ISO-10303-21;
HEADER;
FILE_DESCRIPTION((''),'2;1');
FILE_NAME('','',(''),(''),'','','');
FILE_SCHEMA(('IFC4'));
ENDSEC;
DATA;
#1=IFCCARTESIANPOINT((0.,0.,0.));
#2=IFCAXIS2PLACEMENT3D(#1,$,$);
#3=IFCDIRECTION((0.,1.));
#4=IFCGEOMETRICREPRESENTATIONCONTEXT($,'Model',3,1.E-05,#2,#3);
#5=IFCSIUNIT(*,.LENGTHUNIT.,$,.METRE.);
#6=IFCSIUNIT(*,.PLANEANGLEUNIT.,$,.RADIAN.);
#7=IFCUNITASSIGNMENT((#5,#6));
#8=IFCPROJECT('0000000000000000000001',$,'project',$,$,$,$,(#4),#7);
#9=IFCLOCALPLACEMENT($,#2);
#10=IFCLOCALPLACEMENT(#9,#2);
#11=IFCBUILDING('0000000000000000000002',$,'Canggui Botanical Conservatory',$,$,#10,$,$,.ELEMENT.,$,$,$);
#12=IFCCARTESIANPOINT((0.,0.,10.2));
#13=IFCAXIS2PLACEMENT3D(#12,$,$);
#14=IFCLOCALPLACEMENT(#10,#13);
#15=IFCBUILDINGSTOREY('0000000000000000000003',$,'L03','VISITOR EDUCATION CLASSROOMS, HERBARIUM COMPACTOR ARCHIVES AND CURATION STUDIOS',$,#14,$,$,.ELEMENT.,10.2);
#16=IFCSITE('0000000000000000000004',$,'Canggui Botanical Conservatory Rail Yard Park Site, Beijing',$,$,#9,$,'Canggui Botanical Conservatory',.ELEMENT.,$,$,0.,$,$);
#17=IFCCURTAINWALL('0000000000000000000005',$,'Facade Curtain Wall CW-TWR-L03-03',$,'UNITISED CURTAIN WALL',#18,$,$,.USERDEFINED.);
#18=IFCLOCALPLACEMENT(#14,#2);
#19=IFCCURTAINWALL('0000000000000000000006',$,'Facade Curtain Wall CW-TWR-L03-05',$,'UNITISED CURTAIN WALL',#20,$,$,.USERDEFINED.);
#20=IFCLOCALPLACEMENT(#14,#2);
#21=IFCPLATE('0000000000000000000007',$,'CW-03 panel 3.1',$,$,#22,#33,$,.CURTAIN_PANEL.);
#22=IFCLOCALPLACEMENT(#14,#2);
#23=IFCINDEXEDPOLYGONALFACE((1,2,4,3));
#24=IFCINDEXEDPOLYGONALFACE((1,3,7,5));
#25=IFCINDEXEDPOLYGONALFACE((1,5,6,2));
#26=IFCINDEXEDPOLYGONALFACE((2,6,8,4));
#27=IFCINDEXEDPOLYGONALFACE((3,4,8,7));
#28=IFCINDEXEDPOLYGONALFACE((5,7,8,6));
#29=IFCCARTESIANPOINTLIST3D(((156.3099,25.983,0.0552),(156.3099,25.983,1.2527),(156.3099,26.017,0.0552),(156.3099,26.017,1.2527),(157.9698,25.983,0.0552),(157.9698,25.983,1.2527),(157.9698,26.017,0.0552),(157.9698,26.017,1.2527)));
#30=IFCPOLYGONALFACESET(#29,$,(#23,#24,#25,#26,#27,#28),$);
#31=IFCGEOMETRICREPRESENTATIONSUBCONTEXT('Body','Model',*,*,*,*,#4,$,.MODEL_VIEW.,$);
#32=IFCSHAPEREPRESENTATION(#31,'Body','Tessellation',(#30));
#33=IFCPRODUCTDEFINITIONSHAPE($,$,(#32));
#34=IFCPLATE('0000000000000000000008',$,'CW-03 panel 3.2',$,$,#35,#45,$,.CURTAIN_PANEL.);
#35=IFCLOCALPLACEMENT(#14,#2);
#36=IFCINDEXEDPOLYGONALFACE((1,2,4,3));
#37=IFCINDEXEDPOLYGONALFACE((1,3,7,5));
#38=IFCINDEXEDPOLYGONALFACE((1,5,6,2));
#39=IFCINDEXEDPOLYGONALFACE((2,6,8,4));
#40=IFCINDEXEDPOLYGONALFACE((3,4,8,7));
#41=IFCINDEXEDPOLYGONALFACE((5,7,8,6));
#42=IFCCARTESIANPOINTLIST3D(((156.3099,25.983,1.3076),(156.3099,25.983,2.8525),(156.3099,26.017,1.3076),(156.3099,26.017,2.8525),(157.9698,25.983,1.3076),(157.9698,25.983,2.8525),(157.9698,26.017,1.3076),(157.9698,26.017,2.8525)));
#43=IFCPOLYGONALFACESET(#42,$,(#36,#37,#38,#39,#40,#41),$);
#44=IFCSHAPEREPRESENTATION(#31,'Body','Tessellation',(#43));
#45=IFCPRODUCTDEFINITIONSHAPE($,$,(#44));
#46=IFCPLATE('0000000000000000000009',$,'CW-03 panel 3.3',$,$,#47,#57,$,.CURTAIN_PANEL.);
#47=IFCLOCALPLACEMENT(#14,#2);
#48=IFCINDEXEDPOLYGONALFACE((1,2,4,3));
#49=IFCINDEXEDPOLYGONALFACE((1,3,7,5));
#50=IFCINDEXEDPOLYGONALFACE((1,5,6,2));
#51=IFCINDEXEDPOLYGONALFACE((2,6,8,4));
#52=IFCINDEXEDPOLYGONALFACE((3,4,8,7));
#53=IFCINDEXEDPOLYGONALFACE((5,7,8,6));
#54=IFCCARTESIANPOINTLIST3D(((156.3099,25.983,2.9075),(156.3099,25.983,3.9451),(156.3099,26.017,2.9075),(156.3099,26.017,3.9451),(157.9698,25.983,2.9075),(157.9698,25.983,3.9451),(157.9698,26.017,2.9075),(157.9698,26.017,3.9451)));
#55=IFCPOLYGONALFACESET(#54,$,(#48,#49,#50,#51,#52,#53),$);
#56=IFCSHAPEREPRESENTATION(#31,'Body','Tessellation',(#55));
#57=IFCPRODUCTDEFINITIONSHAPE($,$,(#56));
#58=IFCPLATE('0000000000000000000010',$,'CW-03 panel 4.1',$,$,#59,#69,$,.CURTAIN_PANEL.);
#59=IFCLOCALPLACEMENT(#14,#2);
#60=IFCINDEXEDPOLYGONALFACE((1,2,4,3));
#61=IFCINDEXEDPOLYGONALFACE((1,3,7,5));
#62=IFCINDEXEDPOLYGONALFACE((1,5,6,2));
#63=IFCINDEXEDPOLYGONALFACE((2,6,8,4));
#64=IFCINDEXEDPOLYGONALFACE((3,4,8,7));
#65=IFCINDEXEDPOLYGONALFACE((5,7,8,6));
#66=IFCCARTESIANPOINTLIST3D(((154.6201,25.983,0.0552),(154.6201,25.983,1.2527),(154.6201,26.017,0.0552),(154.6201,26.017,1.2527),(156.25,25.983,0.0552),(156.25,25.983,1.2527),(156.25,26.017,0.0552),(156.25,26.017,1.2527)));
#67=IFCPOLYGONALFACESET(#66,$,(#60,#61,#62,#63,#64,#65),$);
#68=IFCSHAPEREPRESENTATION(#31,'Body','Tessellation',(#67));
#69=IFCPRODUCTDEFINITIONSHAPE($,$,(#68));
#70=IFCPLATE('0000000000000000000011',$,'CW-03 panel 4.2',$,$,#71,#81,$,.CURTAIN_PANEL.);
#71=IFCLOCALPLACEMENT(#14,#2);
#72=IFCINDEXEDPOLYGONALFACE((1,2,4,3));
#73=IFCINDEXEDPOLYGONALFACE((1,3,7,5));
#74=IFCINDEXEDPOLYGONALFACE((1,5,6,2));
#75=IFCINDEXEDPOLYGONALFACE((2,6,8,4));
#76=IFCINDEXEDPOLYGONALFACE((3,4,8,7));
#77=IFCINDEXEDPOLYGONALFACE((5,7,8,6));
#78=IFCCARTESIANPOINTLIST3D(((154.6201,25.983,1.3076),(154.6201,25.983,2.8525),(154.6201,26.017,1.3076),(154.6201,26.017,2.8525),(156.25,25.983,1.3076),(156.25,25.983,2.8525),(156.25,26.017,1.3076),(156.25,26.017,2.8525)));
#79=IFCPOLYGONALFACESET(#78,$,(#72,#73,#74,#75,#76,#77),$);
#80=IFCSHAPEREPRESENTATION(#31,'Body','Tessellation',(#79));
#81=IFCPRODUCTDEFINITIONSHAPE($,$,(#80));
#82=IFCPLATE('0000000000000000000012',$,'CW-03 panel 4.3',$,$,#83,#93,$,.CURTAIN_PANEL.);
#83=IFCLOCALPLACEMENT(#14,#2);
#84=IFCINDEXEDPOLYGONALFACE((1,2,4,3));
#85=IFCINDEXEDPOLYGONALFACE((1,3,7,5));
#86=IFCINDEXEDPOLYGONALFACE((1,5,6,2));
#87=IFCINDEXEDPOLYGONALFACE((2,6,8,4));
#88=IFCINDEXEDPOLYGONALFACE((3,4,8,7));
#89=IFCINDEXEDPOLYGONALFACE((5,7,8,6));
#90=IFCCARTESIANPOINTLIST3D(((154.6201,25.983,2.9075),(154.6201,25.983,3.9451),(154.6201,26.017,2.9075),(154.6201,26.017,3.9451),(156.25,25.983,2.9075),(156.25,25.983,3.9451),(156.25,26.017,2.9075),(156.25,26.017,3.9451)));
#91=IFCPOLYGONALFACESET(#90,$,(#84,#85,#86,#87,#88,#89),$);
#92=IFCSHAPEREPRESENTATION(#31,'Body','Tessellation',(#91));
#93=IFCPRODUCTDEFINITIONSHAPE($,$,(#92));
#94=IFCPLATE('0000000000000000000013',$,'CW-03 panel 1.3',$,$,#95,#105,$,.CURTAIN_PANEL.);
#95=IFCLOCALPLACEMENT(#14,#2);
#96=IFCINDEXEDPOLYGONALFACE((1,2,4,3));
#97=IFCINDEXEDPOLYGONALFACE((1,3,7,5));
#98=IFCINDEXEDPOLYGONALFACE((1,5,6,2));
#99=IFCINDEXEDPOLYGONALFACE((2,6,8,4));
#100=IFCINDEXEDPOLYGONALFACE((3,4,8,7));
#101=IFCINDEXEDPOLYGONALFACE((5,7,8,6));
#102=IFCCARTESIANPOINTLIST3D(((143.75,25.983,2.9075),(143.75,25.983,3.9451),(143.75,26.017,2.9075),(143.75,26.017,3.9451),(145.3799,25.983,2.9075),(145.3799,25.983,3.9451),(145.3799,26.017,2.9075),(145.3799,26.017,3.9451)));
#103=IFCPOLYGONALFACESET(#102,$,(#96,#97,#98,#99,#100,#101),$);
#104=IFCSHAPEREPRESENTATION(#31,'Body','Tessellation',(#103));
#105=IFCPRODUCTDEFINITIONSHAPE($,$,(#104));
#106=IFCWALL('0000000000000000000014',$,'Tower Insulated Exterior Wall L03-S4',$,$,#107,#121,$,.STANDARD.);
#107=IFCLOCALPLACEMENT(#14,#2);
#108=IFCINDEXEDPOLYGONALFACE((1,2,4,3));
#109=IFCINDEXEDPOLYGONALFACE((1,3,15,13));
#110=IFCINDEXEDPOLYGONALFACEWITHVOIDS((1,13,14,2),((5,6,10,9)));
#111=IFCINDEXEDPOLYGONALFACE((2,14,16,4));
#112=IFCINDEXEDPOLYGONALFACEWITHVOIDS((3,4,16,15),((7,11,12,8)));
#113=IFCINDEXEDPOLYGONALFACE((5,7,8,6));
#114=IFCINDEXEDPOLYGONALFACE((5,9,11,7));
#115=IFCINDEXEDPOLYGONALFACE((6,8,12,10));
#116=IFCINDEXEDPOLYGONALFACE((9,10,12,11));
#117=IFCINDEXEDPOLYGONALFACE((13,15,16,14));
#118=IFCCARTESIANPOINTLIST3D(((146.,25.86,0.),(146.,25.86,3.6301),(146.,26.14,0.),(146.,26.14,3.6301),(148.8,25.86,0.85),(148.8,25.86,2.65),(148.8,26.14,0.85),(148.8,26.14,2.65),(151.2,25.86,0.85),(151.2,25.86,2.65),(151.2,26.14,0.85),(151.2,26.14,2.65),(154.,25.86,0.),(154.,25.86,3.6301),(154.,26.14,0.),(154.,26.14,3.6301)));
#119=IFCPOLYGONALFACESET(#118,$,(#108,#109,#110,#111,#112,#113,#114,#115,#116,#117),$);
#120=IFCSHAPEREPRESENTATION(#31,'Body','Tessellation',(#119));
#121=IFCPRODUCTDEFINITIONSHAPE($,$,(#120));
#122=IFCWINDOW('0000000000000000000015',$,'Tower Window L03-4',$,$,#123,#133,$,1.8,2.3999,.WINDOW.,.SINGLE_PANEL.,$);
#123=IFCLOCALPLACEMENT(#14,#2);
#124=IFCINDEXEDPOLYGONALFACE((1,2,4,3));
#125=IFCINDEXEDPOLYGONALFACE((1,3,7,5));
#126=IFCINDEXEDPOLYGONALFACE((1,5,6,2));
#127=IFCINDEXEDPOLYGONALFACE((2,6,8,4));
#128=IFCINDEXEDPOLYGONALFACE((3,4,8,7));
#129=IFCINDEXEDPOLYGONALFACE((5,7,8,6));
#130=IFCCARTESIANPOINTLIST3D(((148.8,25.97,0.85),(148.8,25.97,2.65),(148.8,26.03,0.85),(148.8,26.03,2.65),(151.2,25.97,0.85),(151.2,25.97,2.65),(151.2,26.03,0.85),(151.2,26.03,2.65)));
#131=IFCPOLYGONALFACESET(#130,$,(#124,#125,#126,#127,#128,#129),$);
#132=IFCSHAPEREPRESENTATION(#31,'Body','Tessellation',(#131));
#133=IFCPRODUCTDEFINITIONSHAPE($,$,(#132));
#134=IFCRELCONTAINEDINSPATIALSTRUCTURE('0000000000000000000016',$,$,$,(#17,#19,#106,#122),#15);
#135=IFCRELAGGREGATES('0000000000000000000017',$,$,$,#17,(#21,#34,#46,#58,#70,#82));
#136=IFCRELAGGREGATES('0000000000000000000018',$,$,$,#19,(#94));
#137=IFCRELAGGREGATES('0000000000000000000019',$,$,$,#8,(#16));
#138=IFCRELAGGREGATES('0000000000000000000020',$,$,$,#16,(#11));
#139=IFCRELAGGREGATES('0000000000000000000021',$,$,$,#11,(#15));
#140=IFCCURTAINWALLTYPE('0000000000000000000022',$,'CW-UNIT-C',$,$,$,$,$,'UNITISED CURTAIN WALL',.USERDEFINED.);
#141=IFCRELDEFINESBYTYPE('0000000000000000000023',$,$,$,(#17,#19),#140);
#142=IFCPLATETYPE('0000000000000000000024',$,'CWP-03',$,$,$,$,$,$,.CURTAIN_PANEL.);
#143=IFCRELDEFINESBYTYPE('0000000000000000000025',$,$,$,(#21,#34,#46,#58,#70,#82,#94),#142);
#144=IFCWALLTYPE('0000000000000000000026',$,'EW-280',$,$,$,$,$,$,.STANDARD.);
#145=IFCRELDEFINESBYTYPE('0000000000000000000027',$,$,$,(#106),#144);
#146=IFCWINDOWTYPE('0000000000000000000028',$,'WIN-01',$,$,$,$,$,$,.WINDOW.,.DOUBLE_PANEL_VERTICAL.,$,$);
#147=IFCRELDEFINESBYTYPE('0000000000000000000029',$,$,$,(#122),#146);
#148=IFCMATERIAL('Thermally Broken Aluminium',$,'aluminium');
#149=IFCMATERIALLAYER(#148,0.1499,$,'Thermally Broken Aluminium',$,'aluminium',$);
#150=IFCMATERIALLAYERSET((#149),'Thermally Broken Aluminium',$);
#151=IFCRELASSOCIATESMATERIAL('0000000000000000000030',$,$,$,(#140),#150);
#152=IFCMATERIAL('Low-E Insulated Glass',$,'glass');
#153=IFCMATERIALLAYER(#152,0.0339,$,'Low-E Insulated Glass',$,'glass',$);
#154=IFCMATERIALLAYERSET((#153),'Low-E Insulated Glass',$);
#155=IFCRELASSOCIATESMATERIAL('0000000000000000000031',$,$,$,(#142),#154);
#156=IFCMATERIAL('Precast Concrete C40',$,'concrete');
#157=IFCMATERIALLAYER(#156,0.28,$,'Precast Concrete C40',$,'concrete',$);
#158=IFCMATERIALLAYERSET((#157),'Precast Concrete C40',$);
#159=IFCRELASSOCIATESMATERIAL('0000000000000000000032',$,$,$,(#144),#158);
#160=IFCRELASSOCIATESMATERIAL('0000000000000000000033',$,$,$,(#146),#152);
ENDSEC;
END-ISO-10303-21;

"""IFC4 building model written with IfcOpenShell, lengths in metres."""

from ifc_helpers import new_model, si_unit, direction, frame, frame_2d, origin, origin_2d, place, context, subcontext, project, spatial, rectangle, extrude, material, layer, layer_set, type_object, element, fill, aggregate, save


model = new_model("IFC4")

# Units and contexts
model_context = context("Model", 3, precision=1e-05, world=origin(), true_north=direction((0.0, 1.0)))
body_context = subcontext(model_context, "Body", "Model", "MODEL_VIEW")
ifc_project = project(units=[si_unit("LENGTHUNIT", "METRE"), si_unit("PLANEANGLEUNIT", "RADIAN")], contexts=[model_context])

# Site, building, storey
site_placement = place(None, origin())
site = spatial("IfcSite", under=ifc_project, at=site_placement, Name="Canggui Botanical Conservatory Rail Yard Park Site, Beijing", LongName="Canggui Botanical Conservatory", CompositionType="ELEMENT", RefElevation=0.0)
building_placement = place(site_placement, origin())
building = spatial("IfcBuilding", under=site, at=building_placement, Name="Canggui Botanical Conservatory", CompositionType="ELEMENT")
storey_placement = place(building_placement, frame((0.0, 0.0, 10.2)))
storey = spatial("IfcBuildingStorey", under=building, at=storey_placement, Name="L03", Description="VISITOR EDUCATION CLASSROOMS, HERBARIUM COMPACTOR ARCHIVES AND CURATION STUDIOS", CompositionType="ELEMENT", Elevation=10.2)

# Curtain wall
ifc_material_1 = material(Name="Thermally Broken Aluminium", Category="aluminium")
ifc_layer_1 = layer(ifc_material_1, 0.1499, Name="Thermally Broken Aluminium", Category="aluminium")
ifc_layer_set_1 = layer_set([ifc_layer_1], Name="Thermally Broken Aluminium")
curtain_wall_type = type_object("IfcCurtainWallType", Name="CW-UNIT-C", ElementType="UNITISED CURTAIN WALL", PredefinedType="USERDEFINED", material=ifc_layer_set_1)
curtain_wall_1_placement = place(storey_placement, origin())
curtain_wall_1 = element("IfcCurtainWall", 1, at=curtain_wall_1_placement, inside=storey, type_object=curtain_wall_type, Name="Facade Curtain Wall CW-TWR-L03-03", ObjectType="UNITISED CURTAIN WALL", PredefinedType="USERDEFINED")

# Curtain wall
curtain_wall_2_placement = place(storey_placement, origin())
curtain_wall_2 = element("IfcCurtainWall", 2, at=curtain_wall_2_placement, inside=storey, type_object=curtain_wall_type, Name="Facade Curtain Wall CW-TWR-L03-05", ObjectType="UNITISED CURTAIN WALL", PredefinedType="USERDEFINED")

# Plates
ifc_material_2 = material(Name="Low-E Insulated Glass", Category="glass")
ifc_layer_2 = layer(ifc_material_2, 0.0339, Name="Low-E Insulated Glass", Category="glass")
ifc_layer_set_2 = layer_set([ifc_layer_2], Name="Low-E Insulated Glass")
plate_type = type_object("IfcPlateType", Name="CWP-03", PredefinedType="CURTAIN_PANEL", material=ifc_layer_set_2)
plate_1_placement = place(storey_placement, frame((157.1399, 26.0, 0.0552), z_axis=(0.0, 0.0, 1.0), x_axis=(-1.0, 0.0, 0.0)))
plate_1 = element("IfcPlate", 3, at=plate_1_placement, type_object=plate_type, Name="CW-03 panel 3.1", PredefinedType="CURTAIN_PANEL", context=body_context, shape_type="SweptSolid", body=[
    extrude(rectangle(XDim=1.6599, YDim=0.0339, at=origin_2d()), origin(), (0.0, 0.0, 1.0), 1.1975),
])
plate_2_placement = place(storey_placement, frame((157.1399, 26.0, 1.3076), z_axis=(0.0, 0.0, 1.0), x_axis=(-1.0, 0.0, 0.0)))
plate_2 = element("IfcPlate", 4, at=plate_2_placement, type_object=plate_type, Name="CW-03 panel 3.2", PredefinedType="CURTAIN_PANEL", context=body_context, shape_type="SweptSolid", body=[
    extrude(rectangle(XDim=1.6599, YDim=0.0339, at=origin_2d()), origin(), (0.0, 0.0, 1.0), 1.5449),
])
plate_3_placement = place(storey_placement, frame((157.1399, 26.0, 2.9075), z_axis=(0.0, 0.0, 1.0), x_axis=(-1.0, 0.0, 0.0)))
plate_3 = element("IfcPlate", 5, at=plate_3_placement, type_object=plate_type, Name="CW-03 panel 3.3", PredefinedType="CURTAIN_PANEL", context=body_context, shape_type="SweptSolid", body=[
    extrude(rectangle(XDim=1.6599, YDim=0.0339, at=origin_2d()), origin(), (0.0, 0.0, 1.0), 1.0376),
])
plate_4_placement = place(storey_placement, frame((155.4351, 26.0, 0.0552), z_axis=(0.0, 0.0, 1.0), x_axis=(-1.0, 0.0, 0.0)))
plate_4 = element("IfcPlate", 6, at=plate_4_placement, type_object=plate_type, Name="CW-03 panel 4.1", PredefinedType="CURTAIN_PANEL", context=body_context, shape_type="SweptSolid", body=[
    extrude(rectangle(XDim=1.6299, YDim=0.0339, at=origin_2d()), origin(), (0.0, 0.0, 1.0), 1.1975),
])
plate_5_placement = place(storey_placement, frame((155.4351, 26.0, 1.3076), z_axis=(0.0, 0.0, 1.0), x_axis=(-1.0, 0.0, 0.0)))
plate_5 = element("IfcPlate", 7, at=plate_5_placement, type_object=plate_type, Name="CW-03 panel 4.2", PredefinedType="CURTAIN_PANEL", context=body_context, shape_type="SweptSolid", body=[
    extrude(rectangle(XDim=1.6299, YDim=0.0339, at=origin_2d()), origin(), (0.0, 0.0, 1.0), 1.5449),
])
plate_6_placement = place(storey_placement, frame((155.4351, 26.0, 2.9075), z_axis=(0.0, 0.0, 1.0), x_axis=(-1.0, 0.0, 0.0)))
plate_6 = element("IfcPlate", 8, at=plate_6_placement, type_object=plate_type, Name="CW-03 panel 4.3", PredefinedType="CURTAIN_PANEL", context=body_context, shape_type="SweptSolid", body=[
    extrude(rectangle(XDim=1.6299, YDim=0.0339, at=origin_2d()), origin(), (0.0, 0.0, 1.0), 1.0376),
])
aggregate(curtain_wall_1, [plate_1, plate_2, plate_3, plate_4, plate_5, plate_6])
plate_7_placement = place(storey_placement, frame((144.5649, 26.0, 2.9075), z_axis=(0.0, 0.0, 1.0), x_axis=(-1.0, 0.0, 0.0)))
plate_7 = element("IfcPlate", 9, at=plate_7_placement, type_object=plate_type, Name="CW-03 panel 1.3", PredefinedType="CURTAIN_PANEL", context=body_context, shape_type="SweptSolid", body=[
    extrude(rectangle(XDim=1.6299, YDim=0.0339, at=origin_2d()), origin(), (0.0, 0.0, 1.0), 1.0376),
])
aggregate(curtain_wall_2, [plate_7])

# Wall, opening, window
ifc_material_3 = material(Name="Precast Concrete C40", Category="concrete")
ifc_layer_3 = layer(ifc_material_3, 0.28, Name="Precast Concrete C40", Category="concrete")
ifc_layer_set_3 = layer_set([ifc_layer_3], Name="Precast Concrete C40")
wall_type = type_object("IfcWallType", Name="EW-280", PredefinedType="STANDARD", material=ifc_layer_set_3)
wall_placement = place(storey_placement, frame((154.0, 26.0, 0.0), z_axis=(0.0, 0.0, 1.0), x_axis=(-1.0, 0.0, 0.0)))
wall = element("IfcWall", 10, at=wall_placement, inside=storey, type_object=wall_type, Name="Tower Insulated Exterior Wall L03-S4", PredefinedType="STANDARD", context=body_context, shape_type="SweptSolid", body=[
    extrude(rectangle(XDim=8.0, YDim=0.28, at=frame_2d((4.0, 0.0))), origin(), (0.0, 0.0, 1.0), 3.6301),
])
opening_placement = place(wall_placement, frame((2.8, 0.0, 0.8501)))
opening = element("IfcOpeningElement", 11, at=opening_placement, cuts=wall, PredefinedType="OPENING", context=body_context, shape_type="SweptSolid", body=[
    extrude(rectangle(XDim=2.3999, YDim=1.8, at=frame_2d((1.2, 0.8999))), frame((0.0, 0.1499, 0.0), z_axis=(0.0, -1.0, 0.0), x_axis=(1.0, 0.0, 0.0)), (0.0, 0.0, 1.0), 0.3),
])
window_type = type_object("IfcWindowType", Name="WIN-01", PartitioningType="DOUBLE_PANEL_VERTICAL", PredefinedType="WINDOW", material=ifc_material_2)
window_placement = place(opening_placement, origin())
window = element("IfcWindow", 12, at=window_placement, inside=storey, type_object=window_type, Name="Tower Window L03-4", OverallHeight=1.8, OverallWidth=2.3999, PartitioningType="SINGLE_PANEL", PredefinedType="WINDOW", context=body_context, shape_type="SweptSolid", body=[
    extrude(rectangle(XDim=2.3999, YDim=1.8, at=frame_2d((1.2, 0.8999))), frame((0.0, 0.03, 0.0), z_axis=(0.0, -1.0, 0.0), x_axis=(1.0, 0.0, 0.0)), (0.0, 0.0, 1.0), 0.0601),
])
fill(opening, window)

save(model, "model.ifc")
